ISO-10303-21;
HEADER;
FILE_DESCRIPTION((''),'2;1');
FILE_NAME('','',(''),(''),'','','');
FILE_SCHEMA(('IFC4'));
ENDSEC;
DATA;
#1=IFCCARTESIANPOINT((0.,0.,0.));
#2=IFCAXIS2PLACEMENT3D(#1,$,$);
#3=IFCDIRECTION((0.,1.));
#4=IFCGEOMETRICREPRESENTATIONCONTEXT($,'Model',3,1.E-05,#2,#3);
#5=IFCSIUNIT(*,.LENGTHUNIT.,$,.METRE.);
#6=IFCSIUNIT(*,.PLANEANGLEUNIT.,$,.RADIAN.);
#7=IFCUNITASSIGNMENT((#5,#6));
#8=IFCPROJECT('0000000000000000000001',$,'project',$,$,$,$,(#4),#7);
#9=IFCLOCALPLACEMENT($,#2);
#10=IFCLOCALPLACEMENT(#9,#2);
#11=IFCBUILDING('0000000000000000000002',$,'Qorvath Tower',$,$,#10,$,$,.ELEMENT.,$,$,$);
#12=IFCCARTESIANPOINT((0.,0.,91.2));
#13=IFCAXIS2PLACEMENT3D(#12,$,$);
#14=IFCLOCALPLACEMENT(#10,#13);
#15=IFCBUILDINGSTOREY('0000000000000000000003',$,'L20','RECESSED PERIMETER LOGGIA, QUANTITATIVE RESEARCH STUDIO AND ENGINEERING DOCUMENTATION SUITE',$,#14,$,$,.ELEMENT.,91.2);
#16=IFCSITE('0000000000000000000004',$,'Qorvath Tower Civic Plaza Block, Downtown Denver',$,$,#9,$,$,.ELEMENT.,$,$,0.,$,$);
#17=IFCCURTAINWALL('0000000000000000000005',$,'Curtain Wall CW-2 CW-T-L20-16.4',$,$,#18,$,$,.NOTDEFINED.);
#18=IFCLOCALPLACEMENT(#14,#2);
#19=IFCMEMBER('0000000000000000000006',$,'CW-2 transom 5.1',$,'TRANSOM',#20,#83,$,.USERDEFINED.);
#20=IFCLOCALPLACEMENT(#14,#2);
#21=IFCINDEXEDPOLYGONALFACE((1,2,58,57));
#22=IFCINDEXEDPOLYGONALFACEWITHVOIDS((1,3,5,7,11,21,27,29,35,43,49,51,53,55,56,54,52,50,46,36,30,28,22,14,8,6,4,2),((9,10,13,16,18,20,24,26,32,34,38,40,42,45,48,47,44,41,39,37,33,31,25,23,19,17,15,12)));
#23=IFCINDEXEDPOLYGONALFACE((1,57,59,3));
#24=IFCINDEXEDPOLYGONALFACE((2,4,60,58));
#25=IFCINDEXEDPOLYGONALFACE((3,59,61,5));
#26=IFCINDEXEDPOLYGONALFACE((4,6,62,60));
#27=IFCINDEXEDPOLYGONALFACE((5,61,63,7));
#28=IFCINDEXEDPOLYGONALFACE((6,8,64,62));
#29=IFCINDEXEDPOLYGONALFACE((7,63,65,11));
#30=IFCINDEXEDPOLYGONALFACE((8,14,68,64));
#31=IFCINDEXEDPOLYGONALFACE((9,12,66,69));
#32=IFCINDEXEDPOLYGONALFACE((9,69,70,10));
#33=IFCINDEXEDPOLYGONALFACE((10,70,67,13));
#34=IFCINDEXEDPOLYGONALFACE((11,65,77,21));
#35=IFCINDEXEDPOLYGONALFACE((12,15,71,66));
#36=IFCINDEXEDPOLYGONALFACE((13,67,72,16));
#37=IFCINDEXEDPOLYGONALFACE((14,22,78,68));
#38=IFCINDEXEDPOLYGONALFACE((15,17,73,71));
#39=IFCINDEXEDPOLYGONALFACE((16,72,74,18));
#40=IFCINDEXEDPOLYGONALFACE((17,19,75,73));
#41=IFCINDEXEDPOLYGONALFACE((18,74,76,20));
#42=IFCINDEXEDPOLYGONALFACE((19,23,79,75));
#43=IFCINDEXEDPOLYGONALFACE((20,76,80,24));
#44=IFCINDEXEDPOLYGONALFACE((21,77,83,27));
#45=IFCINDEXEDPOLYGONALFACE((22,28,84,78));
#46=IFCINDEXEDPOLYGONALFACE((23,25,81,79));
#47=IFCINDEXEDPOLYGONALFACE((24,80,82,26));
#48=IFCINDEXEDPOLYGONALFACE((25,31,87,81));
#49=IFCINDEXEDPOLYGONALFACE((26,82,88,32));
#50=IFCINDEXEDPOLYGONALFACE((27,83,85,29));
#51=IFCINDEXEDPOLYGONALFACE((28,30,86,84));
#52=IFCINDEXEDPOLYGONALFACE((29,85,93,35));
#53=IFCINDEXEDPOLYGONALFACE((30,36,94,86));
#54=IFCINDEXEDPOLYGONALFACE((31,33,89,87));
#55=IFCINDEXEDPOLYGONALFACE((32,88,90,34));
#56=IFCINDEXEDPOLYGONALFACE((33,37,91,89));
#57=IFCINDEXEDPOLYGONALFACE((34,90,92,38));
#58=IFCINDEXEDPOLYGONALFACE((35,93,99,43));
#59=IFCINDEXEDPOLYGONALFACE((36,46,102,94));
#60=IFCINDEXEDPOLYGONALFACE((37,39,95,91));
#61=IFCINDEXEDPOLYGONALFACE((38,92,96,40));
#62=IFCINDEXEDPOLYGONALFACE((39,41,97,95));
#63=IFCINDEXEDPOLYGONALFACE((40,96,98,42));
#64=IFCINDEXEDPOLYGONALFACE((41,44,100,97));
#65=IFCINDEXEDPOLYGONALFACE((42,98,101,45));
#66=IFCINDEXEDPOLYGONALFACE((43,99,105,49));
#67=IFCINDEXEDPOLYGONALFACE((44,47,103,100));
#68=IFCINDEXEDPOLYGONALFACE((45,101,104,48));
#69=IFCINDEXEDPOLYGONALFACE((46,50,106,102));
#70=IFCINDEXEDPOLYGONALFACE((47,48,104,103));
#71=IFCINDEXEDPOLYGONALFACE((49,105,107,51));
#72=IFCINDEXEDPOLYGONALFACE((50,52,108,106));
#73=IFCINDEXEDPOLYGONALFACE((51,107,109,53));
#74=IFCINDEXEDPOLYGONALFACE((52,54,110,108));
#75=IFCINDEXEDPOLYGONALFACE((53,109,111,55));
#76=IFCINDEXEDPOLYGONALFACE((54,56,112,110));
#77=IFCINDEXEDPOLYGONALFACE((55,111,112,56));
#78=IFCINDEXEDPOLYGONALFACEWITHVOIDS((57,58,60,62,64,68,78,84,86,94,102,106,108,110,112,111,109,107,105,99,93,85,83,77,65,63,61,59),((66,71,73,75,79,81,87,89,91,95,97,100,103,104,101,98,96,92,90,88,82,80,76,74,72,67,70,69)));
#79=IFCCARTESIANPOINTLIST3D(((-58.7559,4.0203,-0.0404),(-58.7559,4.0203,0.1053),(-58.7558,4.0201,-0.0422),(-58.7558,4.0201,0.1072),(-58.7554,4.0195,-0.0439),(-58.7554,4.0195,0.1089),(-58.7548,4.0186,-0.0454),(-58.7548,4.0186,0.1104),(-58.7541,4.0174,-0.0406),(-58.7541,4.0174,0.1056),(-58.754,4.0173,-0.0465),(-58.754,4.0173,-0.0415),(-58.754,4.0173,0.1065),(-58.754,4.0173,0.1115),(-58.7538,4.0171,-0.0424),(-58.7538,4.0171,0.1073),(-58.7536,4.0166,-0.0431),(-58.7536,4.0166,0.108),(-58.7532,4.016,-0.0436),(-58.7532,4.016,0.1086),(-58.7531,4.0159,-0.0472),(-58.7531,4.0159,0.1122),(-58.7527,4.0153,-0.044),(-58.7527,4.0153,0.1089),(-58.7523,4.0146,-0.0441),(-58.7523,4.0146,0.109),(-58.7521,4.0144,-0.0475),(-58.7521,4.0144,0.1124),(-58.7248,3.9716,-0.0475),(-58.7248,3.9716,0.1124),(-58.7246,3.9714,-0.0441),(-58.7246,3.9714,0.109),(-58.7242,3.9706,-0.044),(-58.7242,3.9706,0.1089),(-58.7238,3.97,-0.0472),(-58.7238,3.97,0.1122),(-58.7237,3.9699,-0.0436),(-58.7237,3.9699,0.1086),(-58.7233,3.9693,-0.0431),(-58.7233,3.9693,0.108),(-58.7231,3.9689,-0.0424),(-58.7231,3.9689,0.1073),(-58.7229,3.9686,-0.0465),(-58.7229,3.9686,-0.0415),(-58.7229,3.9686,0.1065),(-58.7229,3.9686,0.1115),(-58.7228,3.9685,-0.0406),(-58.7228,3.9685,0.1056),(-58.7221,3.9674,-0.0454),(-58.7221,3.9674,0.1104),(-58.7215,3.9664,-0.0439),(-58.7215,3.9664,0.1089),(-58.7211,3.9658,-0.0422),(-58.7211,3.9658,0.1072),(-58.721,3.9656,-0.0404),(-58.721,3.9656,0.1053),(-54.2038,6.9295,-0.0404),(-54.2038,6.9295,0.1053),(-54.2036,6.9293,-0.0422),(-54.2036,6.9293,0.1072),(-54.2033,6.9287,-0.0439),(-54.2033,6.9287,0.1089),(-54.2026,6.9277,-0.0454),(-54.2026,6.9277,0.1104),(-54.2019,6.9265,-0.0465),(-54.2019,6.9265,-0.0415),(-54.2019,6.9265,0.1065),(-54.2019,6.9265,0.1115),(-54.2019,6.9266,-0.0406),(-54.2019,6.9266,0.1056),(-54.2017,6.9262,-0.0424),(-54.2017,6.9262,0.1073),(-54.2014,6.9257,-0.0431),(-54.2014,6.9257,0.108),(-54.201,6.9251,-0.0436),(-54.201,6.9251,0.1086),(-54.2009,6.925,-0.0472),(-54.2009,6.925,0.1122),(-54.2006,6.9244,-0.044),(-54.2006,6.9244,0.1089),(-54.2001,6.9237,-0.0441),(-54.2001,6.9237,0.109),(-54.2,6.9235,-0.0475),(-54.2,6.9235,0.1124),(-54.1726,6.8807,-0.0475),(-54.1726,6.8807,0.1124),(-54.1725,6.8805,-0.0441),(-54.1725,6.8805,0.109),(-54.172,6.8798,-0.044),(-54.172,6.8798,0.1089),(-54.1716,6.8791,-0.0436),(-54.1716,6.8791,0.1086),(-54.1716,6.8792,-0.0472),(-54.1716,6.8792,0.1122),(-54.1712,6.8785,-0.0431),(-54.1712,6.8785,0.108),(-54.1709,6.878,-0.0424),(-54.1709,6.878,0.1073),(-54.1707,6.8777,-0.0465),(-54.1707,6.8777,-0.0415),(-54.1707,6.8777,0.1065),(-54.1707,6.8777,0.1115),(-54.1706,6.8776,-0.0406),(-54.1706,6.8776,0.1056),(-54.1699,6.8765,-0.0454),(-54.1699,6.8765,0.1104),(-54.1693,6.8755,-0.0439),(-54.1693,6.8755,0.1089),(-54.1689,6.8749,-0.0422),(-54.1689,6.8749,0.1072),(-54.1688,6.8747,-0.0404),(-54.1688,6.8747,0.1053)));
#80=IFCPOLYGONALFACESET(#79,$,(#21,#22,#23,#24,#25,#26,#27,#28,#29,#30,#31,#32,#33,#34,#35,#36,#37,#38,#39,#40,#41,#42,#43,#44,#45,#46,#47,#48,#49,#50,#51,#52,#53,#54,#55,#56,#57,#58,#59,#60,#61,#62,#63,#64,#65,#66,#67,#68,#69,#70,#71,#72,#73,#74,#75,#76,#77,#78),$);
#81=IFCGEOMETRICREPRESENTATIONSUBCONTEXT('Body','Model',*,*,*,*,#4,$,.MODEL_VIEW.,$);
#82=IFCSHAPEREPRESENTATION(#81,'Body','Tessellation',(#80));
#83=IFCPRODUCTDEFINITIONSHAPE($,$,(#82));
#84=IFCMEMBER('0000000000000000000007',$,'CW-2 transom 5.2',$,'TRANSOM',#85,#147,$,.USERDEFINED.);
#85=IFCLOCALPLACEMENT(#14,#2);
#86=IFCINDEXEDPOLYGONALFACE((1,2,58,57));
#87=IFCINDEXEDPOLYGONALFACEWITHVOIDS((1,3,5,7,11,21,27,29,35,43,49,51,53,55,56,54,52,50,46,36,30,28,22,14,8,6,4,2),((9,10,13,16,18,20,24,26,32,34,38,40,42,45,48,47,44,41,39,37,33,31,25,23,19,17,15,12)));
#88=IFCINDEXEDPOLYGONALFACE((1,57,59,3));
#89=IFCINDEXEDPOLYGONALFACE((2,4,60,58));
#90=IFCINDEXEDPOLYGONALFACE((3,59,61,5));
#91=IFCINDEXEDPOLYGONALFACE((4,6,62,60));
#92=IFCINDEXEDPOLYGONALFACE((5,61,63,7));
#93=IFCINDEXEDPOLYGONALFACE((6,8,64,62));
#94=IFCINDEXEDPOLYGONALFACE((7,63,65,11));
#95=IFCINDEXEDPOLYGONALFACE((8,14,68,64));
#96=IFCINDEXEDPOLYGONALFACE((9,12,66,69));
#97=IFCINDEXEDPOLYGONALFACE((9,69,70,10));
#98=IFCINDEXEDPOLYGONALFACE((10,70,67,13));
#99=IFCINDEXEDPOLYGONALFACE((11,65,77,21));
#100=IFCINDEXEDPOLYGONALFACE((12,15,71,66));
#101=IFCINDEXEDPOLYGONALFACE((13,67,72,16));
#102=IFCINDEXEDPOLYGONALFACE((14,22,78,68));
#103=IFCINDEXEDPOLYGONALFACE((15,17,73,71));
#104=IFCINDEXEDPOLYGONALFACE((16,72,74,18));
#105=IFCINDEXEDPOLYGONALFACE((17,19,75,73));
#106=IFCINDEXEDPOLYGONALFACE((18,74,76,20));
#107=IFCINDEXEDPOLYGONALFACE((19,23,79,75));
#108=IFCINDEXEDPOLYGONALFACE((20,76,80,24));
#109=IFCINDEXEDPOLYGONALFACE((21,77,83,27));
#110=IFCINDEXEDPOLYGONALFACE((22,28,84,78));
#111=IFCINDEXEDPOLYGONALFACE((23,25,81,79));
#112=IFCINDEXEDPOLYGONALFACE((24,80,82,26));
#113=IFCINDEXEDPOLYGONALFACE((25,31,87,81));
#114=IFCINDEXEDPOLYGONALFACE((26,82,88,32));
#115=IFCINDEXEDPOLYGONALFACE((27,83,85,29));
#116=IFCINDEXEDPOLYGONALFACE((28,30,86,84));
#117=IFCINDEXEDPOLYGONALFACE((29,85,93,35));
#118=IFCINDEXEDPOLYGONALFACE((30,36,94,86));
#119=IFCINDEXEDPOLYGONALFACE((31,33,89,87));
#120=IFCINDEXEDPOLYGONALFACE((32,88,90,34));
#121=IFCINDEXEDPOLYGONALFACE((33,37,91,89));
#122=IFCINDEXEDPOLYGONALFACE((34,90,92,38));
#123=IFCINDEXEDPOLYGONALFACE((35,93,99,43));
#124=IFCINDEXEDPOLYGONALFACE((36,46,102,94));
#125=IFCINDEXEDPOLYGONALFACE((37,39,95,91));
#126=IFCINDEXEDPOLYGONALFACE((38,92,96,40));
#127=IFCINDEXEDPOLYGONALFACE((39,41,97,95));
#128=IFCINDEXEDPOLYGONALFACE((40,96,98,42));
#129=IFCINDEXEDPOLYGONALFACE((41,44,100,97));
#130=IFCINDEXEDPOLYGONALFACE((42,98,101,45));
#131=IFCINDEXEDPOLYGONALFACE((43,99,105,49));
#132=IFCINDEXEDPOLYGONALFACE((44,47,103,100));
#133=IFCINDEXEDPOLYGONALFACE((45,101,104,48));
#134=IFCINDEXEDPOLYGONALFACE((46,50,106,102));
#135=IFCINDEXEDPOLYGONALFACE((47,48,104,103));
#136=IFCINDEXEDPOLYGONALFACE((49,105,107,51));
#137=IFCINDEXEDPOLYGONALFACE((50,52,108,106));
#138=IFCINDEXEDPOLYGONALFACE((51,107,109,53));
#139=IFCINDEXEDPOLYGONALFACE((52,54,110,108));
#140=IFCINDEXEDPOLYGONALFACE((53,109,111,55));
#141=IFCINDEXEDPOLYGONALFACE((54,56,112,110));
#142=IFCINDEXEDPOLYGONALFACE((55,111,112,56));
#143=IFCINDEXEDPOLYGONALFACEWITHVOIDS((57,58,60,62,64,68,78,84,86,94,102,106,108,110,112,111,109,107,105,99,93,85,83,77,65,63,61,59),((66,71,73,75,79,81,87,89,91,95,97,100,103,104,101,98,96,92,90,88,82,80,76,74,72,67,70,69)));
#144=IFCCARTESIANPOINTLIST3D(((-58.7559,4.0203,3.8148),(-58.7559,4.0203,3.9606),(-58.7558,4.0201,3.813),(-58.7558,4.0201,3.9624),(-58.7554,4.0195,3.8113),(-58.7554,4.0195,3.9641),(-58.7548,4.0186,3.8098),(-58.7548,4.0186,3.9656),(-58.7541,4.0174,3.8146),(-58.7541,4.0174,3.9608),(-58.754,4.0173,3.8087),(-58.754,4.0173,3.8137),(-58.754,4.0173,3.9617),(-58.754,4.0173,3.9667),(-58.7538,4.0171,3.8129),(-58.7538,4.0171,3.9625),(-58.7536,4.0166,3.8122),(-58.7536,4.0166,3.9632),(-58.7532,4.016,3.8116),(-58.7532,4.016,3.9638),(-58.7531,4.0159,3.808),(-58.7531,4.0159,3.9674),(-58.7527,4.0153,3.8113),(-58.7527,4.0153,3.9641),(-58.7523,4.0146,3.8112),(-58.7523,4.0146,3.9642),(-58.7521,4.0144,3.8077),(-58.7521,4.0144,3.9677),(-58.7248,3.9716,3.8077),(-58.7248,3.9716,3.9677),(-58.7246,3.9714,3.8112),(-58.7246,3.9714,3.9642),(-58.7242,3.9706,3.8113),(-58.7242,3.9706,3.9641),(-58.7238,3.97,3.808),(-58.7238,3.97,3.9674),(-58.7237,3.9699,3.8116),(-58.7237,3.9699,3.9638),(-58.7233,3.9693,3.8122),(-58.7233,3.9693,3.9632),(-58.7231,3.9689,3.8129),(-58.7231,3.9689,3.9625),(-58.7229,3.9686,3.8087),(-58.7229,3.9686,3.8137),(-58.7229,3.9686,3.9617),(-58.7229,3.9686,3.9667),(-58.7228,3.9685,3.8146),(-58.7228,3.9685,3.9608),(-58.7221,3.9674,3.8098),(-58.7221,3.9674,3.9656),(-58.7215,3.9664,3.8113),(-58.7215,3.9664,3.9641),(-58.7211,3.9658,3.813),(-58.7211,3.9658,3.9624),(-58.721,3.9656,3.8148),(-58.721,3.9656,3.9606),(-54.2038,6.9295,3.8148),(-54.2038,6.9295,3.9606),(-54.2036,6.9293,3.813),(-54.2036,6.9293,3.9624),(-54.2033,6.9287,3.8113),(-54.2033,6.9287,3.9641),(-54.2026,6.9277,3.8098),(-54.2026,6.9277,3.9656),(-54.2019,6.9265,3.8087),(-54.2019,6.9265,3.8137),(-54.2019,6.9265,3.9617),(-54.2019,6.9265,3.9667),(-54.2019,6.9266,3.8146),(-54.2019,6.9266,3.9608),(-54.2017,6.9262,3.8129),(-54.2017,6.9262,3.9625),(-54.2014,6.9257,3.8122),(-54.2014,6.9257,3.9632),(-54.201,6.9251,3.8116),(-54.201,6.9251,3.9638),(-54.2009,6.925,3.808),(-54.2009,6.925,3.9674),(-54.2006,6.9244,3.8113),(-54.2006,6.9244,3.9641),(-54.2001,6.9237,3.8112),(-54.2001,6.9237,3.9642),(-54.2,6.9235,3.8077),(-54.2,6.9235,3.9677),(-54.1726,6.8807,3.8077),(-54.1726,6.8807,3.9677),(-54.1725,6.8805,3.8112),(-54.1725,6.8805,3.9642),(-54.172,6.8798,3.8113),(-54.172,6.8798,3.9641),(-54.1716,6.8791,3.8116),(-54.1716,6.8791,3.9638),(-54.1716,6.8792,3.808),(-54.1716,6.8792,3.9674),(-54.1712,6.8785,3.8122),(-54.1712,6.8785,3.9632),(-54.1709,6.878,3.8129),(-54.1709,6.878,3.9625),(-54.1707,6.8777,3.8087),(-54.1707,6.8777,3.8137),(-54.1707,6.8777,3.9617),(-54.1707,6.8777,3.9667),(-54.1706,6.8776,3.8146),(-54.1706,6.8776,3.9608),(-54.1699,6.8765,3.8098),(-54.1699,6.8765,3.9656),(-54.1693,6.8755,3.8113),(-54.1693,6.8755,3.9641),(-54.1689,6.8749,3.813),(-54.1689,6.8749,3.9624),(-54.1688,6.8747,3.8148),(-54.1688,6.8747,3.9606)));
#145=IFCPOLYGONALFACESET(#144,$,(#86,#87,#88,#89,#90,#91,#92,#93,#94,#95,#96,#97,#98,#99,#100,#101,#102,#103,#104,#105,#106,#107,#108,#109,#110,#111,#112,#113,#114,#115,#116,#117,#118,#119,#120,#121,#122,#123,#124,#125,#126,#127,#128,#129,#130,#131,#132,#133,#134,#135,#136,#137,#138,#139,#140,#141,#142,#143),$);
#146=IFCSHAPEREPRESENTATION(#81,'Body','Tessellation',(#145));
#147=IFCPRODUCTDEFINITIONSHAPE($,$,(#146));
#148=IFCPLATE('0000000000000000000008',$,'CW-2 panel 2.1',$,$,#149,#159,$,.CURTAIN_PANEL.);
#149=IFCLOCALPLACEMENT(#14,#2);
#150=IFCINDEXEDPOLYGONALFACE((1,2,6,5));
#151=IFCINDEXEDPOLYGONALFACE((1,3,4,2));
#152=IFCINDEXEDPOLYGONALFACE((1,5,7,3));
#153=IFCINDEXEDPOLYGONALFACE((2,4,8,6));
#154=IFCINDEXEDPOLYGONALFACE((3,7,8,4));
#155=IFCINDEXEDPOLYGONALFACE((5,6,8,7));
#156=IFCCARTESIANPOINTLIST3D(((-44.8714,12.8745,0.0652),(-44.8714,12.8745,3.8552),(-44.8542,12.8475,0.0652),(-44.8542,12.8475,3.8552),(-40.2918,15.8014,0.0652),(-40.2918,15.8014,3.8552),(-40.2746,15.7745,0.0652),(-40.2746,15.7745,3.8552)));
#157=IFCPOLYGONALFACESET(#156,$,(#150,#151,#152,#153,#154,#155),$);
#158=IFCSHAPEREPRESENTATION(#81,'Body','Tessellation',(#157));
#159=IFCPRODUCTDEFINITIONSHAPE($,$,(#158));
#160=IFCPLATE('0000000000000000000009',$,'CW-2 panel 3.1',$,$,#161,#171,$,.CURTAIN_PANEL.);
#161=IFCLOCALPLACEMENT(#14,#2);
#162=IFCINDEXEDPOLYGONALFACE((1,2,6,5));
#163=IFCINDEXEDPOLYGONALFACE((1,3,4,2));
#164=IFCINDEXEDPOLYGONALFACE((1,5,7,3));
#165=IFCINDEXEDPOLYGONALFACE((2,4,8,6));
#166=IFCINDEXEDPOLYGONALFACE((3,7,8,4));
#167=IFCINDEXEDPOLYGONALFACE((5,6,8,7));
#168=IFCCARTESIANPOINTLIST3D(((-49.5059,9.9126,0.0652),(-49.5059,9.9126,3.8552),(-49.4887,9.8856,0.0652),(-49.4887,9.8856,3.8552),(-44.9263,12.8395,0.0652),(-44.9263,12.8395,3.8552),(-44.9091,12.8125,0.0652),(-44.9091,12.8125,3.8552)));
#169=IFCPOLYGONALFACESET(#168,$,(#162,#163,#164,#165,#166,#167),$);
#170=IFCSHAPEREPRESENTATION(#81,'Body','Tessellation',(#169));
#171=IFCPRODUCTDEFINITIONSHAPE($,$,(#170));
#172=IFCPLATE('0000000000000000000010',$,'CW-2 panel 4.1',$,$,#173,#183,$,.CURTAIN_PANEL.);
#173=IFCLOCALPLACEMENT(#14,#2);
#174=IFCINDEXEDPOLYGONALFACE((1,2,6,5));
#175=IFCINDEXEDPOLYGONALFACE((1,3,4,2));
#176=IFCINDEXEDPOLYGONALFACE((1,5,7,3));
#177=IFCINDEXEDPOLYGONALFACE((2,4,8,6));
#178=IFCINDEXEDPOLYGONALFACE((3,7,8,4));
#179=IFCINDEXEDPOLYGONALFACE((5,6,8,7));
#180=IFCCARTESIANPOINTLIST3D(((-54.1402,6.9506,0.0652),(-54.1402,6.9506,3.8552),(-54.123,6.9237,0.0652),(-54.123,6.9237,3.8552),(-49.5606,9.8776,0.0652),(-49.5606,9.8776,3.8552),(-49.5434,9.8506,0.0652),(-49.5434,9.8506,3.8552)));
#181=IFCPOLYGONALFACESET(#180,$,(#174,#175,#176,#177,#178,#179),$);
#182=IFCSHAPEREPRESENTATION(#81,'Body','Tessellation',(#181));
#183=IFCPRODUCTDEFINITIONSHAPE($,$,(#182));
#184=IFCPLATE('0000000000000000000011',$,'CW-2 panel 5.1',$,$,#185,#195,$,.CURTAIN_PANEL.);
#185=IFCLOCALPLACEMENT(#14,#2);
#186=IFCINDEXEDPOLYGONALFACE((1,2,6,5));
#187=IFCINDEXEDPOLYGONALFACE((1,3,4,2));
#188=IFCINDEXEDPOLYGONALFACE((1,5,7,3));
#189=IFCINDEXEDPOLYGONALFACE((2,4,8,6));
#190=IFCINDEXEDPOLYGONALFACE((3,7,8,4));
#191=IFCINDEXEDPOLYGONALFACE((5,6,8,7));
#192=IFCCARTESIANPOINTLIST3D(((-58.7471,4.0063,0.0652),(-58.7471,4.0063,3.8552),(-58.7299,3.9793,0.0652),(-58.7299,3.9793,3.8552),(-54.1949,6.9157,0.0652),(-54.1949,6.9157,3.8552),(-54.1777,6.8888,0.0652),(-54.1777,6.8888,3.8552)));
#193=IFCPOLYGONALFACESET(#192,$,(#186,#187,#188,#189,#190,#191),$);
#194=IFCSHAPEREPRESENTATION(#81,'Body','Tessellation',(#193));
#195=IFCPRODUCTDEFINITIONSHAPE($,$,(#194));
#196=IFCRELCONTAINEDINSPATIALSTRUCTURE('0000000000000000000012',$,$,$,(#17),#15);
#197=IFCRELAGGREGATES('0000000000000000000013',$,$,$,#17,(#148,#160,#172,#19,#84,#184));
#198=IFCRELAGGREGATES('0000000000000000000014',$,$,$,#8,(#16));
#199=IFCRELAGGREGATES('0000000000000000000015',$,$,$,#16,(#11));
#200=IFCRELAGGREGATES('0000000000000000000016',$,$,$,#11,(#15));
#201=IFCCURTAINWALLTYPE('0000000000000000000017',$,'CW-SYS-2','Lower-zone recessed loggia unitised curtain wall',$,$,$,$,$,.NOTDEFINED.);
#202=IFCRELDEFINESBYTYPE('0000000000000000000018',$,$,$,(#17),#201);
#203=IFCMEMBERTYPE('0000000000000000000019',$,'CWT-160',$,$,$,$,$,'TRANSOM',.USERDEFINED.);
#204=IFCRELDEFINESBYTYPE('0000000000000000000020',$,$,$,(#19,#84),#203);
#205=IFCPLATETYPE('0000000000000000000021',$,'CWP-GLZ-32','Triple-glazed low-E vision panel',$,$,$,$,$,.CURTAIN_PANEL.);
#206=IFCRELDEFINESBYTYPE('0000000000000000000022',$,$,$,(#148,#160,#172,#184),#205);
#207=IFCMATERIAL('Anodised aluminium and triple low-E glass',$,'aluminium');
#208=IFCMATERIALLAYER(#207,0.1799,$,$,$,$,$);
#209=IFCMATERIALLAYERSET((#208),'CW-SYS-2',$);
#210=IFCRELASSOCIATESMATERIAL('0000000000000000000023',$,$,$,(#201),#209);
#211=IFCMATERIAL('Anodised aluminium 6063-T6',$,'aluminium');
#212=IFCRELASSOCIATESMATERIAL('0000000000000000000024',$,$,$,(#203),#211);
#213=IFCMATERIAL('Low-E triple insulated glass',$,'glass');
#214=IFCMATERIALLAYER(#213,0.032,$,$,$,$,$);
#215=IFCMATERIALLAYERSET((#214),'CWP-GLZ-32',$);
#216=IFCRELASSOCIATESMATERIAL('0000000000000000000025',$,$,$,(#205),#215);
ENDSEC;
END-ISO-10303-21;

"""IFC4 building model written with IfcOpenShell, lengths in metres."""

from ifc_helpers import new_model, si_unit, direction, frame, origin, origin_2d, place, context, subcontext, project, spatial, rectangle, hollow_rectangle, extrude, material, layer, layer_set, material_profile, profile_set, type_object, element, aggregate, save


model = new_model("IFC4")

# Units and contexts
model_context = context("Model", 3, precision=1e-05, world=origin(), true_north=direction((0.0, 1.0)))
body_context = subcontext(model_context, "Body", "Model", "MODEL_VIEW")
ifc_project = project(units=[si_unit("LENGTHUNIT", "METRE"), si_unit("PLANEANGLEUNIT", "RADIAN")], contexts=[model_context])

# Site, building, storey
site_placement = place(None, origin())
site = spatial("IfcSite", under=ifc_project, at=site_placement, Name="Qorvath Tower Civic Plaza Block, Downtown Denver", CompositionType="ELEMENT", RefElevation=0.0)
building_placement = place(site_placement, origin())
building = spatial("IfcBuilding", under=site, at=building_placement, Name="Qorvath Tower", CompositionType="ELEMENT")
storey_placement = place(building_placement, frame((0.0, 0.0, 91.2)))
storey = spatial("IfcBuildingStorey", under=building, at=storey_placement, Name="L20", Description="RECESSED PERIMETER LOGGIA, QUANTITATIVE RESEARCH STUDIO AND ENGINEERING DOCUMENTATION SUITE", CompositionType="ELEMENT", Elevation=91.2)

# Curtain wall, members, plates
ifc_material_1 = material(Name="Anodised aluminium and triple low-E glass", Category="aluminium")
ifc_layer_1 = layer(ifc_material_1, 0.1799)
ifc_layer_set_1 = layer_set([ifc_layer_1], Name="CW-SYS-2")
curtain_wall_type = type_object("IfcCurtainWallType", Name="CW-SYS-2", Description="Lower-zone recessed loggia unitised curtain wall", PredefinedType="NOTDEFINED", material=ifc_layer_set_1)
curtain_wall_placement = place(storey_placement, origin())
curtain_wall = element("IfcCurtainWall", 1, at=curtain_wall_placement, inside=storey, type_object=curtain_wall_type, Name="Curtain Wall CW-2 CW-T-L20-16.4", PredefinedType="NOTDEFINED")
ifc_material_2 = material(Name="Anodised aluminium 6063-T6", Category="aluminium")
ifc_material_profile_1 = material_profile(ifc_material_2, hollow_rectangle(XDim=0.0649, YDim=0.1599, WallThickness=0.0034, InnerFilletRadius=0.0034, OuterFilletRadius=0.0071, at=origin_2d()), Name="CWT 160x65")
ifc_profile_set_1 = profile_set([ifc_material_profile_1], Name="Anodised aluminium 6063-T6")
member_type_1 = type_object("IfcMemberType", Name="CWT-160", ElementType="TRANSOM", PredefinedType="USERDEFINED", material=ifc_profile_set_1)
member_1_placement = place(storey_placement, frame((-54.1863, 6.9021, 0.0325), z_axis=(-0.842629, -0.538494, 0.0), x_axis=(0.538494, -0.842629, 0.0)))
member_1 = element("IfcMember", 2, at=member_1_placement, type_object=member_type_1, Name="CW-2 transom 5.1", ObjectType="TRANSOM", PredefinedType="USERDEFINED", context=body_context, shape_type="SweptSolid", body=[
    extrude(hollow_rectangle(XDim=0.0649, YDim=0.1599, WallThickness=0.0034, InnerFilletRadius=0.0034, OuterFilletRadius=0.0071, at=origin_2d()), origin(), (0.0, 0.0, 1.0), 5.4023),
])
member_2_placement = place(storey_placement, frame((-54.1863, 6.9021, 3.8877), z_axis=(-0.842629, -0.538494, 0.0), x_axis=(0.538494, -0.842629, 0.0)))
member_2 = element("IfcMember", 3, at=member_2_placement, type_object=member_type_1, Name="CW-2 transom 5.2", ObjectType="TRANSOM", PredefinedType="USERDEFINED", context=body_context, shape_type="SweptSolid", body=[
    extrude(hollow_rectangle(XDim=0.0649, YDim=0.1599, WallThickness=0.0034, InnerFilletRadius=0.0034, OuterFilletRadius=0.0071, at=origin_2d()), origin(), (0.0, 0.0, 1.0), 5.4023),
])
ifc_material_3 = material(Name="Low-E triple insulated glass", Category="glass")
ifc_layer_2 = layer(ifc_material_3, 0.032)
ifc_layer_set_2 = layer_set([ifc_layer_2], Name="CWP-GLZ-32")
plate_type = type_object("IfcPlateType", Name="CWP-GLZ-32", Description="Triple-glazed low-E vision panel", PredefinedType="CURTAIN_PANEL", material=ifc_layer_set_2)
plate_1_placement = place(storey_placement, frame((-42.573, 14.3245, 0.0652), z_axis=(0.0, 0.0, 1.0), x_axis=(-0.842607, -0.538529, 0.0)))
plate_1 = element("IfcPlate", 4, at=plate_1_placement, type_object=plate_type, Name="CW-2 panel 2.1", PredefinedType="CURTAIN_PANEL", context=body_context, shape_type="SweptSolid", body=[
    extrude(rectangle(XDim=5.4351, YDim=0.032, at=origin_2d()), origin(), (0.0, 0.0, 1.0), 3.79),
])
plate_2_placement = place(storey_placement, frame((-47.2075, 11.3625, 0.0652), z_axis=(0.0, 0.0, 1.0), x_axis=(-0.842607, -0.538529, 0.0)))
plate_2 = element("IfcPlate", 5, at=plate_2_placement, type_object=plate_type, Name="CW-2 panel 3.1", PredefinedType="CURTAIN_PANEL", context=body_context, shape_type="SweptSolid", body=[
    extrude(rectangle(XDim=5.4351, YDim=0.032, at=origin_2d()), origin(), (0.0, 0.0, 1.0), 3.79),
])
plate_3_placement = place(storey_placement, frame((-51.8418, 8.4006, 0.0652), z_axis=(0.0, 0.0, 1.0), x_axis=(-0.842607, -0.538529, 0.0)))
plate_3 = element("IfcPlate", 6, at=plate_3_placement, type_object=plate_type, Name="CW-2 panel 4.1", PredefinedType="CURTAIN_PANEL", context=body_context, shape_type="SweptSolid", body=[
    extrude(rectangle(XDim=5.4351, YDim=0.032, at=origin_2d()), origin(), (0.0, 0.0, 1.0), 3.79),
])
plate_4_placement = place(storey_placement, frame((-56.4624, 5.4475, 0.0652), z_axis=(0.0, 0.0, 1.0), x_axis=(-0.842607, -0.538529, 0.0)))
plate_4 = element("IfcPlate", 7, at=plate_4_placement, type_object=plate_type, Name="CW-2 panel 5.1", PredefinedType="CURTAIN_PANEL", context=body_context, shape_type="SweptSolid", body=[
    extrude(rectangle(XDim=5.4026, YDim=0.032, at=origin_2d()), origin(), (0.0, 0.0, 1.0), 3.79),
])
aggregate(curtain_wall, [plate_1, plate_2, plate_3, member_1, member_2, plate_4])

save(model, "model.ifc")
